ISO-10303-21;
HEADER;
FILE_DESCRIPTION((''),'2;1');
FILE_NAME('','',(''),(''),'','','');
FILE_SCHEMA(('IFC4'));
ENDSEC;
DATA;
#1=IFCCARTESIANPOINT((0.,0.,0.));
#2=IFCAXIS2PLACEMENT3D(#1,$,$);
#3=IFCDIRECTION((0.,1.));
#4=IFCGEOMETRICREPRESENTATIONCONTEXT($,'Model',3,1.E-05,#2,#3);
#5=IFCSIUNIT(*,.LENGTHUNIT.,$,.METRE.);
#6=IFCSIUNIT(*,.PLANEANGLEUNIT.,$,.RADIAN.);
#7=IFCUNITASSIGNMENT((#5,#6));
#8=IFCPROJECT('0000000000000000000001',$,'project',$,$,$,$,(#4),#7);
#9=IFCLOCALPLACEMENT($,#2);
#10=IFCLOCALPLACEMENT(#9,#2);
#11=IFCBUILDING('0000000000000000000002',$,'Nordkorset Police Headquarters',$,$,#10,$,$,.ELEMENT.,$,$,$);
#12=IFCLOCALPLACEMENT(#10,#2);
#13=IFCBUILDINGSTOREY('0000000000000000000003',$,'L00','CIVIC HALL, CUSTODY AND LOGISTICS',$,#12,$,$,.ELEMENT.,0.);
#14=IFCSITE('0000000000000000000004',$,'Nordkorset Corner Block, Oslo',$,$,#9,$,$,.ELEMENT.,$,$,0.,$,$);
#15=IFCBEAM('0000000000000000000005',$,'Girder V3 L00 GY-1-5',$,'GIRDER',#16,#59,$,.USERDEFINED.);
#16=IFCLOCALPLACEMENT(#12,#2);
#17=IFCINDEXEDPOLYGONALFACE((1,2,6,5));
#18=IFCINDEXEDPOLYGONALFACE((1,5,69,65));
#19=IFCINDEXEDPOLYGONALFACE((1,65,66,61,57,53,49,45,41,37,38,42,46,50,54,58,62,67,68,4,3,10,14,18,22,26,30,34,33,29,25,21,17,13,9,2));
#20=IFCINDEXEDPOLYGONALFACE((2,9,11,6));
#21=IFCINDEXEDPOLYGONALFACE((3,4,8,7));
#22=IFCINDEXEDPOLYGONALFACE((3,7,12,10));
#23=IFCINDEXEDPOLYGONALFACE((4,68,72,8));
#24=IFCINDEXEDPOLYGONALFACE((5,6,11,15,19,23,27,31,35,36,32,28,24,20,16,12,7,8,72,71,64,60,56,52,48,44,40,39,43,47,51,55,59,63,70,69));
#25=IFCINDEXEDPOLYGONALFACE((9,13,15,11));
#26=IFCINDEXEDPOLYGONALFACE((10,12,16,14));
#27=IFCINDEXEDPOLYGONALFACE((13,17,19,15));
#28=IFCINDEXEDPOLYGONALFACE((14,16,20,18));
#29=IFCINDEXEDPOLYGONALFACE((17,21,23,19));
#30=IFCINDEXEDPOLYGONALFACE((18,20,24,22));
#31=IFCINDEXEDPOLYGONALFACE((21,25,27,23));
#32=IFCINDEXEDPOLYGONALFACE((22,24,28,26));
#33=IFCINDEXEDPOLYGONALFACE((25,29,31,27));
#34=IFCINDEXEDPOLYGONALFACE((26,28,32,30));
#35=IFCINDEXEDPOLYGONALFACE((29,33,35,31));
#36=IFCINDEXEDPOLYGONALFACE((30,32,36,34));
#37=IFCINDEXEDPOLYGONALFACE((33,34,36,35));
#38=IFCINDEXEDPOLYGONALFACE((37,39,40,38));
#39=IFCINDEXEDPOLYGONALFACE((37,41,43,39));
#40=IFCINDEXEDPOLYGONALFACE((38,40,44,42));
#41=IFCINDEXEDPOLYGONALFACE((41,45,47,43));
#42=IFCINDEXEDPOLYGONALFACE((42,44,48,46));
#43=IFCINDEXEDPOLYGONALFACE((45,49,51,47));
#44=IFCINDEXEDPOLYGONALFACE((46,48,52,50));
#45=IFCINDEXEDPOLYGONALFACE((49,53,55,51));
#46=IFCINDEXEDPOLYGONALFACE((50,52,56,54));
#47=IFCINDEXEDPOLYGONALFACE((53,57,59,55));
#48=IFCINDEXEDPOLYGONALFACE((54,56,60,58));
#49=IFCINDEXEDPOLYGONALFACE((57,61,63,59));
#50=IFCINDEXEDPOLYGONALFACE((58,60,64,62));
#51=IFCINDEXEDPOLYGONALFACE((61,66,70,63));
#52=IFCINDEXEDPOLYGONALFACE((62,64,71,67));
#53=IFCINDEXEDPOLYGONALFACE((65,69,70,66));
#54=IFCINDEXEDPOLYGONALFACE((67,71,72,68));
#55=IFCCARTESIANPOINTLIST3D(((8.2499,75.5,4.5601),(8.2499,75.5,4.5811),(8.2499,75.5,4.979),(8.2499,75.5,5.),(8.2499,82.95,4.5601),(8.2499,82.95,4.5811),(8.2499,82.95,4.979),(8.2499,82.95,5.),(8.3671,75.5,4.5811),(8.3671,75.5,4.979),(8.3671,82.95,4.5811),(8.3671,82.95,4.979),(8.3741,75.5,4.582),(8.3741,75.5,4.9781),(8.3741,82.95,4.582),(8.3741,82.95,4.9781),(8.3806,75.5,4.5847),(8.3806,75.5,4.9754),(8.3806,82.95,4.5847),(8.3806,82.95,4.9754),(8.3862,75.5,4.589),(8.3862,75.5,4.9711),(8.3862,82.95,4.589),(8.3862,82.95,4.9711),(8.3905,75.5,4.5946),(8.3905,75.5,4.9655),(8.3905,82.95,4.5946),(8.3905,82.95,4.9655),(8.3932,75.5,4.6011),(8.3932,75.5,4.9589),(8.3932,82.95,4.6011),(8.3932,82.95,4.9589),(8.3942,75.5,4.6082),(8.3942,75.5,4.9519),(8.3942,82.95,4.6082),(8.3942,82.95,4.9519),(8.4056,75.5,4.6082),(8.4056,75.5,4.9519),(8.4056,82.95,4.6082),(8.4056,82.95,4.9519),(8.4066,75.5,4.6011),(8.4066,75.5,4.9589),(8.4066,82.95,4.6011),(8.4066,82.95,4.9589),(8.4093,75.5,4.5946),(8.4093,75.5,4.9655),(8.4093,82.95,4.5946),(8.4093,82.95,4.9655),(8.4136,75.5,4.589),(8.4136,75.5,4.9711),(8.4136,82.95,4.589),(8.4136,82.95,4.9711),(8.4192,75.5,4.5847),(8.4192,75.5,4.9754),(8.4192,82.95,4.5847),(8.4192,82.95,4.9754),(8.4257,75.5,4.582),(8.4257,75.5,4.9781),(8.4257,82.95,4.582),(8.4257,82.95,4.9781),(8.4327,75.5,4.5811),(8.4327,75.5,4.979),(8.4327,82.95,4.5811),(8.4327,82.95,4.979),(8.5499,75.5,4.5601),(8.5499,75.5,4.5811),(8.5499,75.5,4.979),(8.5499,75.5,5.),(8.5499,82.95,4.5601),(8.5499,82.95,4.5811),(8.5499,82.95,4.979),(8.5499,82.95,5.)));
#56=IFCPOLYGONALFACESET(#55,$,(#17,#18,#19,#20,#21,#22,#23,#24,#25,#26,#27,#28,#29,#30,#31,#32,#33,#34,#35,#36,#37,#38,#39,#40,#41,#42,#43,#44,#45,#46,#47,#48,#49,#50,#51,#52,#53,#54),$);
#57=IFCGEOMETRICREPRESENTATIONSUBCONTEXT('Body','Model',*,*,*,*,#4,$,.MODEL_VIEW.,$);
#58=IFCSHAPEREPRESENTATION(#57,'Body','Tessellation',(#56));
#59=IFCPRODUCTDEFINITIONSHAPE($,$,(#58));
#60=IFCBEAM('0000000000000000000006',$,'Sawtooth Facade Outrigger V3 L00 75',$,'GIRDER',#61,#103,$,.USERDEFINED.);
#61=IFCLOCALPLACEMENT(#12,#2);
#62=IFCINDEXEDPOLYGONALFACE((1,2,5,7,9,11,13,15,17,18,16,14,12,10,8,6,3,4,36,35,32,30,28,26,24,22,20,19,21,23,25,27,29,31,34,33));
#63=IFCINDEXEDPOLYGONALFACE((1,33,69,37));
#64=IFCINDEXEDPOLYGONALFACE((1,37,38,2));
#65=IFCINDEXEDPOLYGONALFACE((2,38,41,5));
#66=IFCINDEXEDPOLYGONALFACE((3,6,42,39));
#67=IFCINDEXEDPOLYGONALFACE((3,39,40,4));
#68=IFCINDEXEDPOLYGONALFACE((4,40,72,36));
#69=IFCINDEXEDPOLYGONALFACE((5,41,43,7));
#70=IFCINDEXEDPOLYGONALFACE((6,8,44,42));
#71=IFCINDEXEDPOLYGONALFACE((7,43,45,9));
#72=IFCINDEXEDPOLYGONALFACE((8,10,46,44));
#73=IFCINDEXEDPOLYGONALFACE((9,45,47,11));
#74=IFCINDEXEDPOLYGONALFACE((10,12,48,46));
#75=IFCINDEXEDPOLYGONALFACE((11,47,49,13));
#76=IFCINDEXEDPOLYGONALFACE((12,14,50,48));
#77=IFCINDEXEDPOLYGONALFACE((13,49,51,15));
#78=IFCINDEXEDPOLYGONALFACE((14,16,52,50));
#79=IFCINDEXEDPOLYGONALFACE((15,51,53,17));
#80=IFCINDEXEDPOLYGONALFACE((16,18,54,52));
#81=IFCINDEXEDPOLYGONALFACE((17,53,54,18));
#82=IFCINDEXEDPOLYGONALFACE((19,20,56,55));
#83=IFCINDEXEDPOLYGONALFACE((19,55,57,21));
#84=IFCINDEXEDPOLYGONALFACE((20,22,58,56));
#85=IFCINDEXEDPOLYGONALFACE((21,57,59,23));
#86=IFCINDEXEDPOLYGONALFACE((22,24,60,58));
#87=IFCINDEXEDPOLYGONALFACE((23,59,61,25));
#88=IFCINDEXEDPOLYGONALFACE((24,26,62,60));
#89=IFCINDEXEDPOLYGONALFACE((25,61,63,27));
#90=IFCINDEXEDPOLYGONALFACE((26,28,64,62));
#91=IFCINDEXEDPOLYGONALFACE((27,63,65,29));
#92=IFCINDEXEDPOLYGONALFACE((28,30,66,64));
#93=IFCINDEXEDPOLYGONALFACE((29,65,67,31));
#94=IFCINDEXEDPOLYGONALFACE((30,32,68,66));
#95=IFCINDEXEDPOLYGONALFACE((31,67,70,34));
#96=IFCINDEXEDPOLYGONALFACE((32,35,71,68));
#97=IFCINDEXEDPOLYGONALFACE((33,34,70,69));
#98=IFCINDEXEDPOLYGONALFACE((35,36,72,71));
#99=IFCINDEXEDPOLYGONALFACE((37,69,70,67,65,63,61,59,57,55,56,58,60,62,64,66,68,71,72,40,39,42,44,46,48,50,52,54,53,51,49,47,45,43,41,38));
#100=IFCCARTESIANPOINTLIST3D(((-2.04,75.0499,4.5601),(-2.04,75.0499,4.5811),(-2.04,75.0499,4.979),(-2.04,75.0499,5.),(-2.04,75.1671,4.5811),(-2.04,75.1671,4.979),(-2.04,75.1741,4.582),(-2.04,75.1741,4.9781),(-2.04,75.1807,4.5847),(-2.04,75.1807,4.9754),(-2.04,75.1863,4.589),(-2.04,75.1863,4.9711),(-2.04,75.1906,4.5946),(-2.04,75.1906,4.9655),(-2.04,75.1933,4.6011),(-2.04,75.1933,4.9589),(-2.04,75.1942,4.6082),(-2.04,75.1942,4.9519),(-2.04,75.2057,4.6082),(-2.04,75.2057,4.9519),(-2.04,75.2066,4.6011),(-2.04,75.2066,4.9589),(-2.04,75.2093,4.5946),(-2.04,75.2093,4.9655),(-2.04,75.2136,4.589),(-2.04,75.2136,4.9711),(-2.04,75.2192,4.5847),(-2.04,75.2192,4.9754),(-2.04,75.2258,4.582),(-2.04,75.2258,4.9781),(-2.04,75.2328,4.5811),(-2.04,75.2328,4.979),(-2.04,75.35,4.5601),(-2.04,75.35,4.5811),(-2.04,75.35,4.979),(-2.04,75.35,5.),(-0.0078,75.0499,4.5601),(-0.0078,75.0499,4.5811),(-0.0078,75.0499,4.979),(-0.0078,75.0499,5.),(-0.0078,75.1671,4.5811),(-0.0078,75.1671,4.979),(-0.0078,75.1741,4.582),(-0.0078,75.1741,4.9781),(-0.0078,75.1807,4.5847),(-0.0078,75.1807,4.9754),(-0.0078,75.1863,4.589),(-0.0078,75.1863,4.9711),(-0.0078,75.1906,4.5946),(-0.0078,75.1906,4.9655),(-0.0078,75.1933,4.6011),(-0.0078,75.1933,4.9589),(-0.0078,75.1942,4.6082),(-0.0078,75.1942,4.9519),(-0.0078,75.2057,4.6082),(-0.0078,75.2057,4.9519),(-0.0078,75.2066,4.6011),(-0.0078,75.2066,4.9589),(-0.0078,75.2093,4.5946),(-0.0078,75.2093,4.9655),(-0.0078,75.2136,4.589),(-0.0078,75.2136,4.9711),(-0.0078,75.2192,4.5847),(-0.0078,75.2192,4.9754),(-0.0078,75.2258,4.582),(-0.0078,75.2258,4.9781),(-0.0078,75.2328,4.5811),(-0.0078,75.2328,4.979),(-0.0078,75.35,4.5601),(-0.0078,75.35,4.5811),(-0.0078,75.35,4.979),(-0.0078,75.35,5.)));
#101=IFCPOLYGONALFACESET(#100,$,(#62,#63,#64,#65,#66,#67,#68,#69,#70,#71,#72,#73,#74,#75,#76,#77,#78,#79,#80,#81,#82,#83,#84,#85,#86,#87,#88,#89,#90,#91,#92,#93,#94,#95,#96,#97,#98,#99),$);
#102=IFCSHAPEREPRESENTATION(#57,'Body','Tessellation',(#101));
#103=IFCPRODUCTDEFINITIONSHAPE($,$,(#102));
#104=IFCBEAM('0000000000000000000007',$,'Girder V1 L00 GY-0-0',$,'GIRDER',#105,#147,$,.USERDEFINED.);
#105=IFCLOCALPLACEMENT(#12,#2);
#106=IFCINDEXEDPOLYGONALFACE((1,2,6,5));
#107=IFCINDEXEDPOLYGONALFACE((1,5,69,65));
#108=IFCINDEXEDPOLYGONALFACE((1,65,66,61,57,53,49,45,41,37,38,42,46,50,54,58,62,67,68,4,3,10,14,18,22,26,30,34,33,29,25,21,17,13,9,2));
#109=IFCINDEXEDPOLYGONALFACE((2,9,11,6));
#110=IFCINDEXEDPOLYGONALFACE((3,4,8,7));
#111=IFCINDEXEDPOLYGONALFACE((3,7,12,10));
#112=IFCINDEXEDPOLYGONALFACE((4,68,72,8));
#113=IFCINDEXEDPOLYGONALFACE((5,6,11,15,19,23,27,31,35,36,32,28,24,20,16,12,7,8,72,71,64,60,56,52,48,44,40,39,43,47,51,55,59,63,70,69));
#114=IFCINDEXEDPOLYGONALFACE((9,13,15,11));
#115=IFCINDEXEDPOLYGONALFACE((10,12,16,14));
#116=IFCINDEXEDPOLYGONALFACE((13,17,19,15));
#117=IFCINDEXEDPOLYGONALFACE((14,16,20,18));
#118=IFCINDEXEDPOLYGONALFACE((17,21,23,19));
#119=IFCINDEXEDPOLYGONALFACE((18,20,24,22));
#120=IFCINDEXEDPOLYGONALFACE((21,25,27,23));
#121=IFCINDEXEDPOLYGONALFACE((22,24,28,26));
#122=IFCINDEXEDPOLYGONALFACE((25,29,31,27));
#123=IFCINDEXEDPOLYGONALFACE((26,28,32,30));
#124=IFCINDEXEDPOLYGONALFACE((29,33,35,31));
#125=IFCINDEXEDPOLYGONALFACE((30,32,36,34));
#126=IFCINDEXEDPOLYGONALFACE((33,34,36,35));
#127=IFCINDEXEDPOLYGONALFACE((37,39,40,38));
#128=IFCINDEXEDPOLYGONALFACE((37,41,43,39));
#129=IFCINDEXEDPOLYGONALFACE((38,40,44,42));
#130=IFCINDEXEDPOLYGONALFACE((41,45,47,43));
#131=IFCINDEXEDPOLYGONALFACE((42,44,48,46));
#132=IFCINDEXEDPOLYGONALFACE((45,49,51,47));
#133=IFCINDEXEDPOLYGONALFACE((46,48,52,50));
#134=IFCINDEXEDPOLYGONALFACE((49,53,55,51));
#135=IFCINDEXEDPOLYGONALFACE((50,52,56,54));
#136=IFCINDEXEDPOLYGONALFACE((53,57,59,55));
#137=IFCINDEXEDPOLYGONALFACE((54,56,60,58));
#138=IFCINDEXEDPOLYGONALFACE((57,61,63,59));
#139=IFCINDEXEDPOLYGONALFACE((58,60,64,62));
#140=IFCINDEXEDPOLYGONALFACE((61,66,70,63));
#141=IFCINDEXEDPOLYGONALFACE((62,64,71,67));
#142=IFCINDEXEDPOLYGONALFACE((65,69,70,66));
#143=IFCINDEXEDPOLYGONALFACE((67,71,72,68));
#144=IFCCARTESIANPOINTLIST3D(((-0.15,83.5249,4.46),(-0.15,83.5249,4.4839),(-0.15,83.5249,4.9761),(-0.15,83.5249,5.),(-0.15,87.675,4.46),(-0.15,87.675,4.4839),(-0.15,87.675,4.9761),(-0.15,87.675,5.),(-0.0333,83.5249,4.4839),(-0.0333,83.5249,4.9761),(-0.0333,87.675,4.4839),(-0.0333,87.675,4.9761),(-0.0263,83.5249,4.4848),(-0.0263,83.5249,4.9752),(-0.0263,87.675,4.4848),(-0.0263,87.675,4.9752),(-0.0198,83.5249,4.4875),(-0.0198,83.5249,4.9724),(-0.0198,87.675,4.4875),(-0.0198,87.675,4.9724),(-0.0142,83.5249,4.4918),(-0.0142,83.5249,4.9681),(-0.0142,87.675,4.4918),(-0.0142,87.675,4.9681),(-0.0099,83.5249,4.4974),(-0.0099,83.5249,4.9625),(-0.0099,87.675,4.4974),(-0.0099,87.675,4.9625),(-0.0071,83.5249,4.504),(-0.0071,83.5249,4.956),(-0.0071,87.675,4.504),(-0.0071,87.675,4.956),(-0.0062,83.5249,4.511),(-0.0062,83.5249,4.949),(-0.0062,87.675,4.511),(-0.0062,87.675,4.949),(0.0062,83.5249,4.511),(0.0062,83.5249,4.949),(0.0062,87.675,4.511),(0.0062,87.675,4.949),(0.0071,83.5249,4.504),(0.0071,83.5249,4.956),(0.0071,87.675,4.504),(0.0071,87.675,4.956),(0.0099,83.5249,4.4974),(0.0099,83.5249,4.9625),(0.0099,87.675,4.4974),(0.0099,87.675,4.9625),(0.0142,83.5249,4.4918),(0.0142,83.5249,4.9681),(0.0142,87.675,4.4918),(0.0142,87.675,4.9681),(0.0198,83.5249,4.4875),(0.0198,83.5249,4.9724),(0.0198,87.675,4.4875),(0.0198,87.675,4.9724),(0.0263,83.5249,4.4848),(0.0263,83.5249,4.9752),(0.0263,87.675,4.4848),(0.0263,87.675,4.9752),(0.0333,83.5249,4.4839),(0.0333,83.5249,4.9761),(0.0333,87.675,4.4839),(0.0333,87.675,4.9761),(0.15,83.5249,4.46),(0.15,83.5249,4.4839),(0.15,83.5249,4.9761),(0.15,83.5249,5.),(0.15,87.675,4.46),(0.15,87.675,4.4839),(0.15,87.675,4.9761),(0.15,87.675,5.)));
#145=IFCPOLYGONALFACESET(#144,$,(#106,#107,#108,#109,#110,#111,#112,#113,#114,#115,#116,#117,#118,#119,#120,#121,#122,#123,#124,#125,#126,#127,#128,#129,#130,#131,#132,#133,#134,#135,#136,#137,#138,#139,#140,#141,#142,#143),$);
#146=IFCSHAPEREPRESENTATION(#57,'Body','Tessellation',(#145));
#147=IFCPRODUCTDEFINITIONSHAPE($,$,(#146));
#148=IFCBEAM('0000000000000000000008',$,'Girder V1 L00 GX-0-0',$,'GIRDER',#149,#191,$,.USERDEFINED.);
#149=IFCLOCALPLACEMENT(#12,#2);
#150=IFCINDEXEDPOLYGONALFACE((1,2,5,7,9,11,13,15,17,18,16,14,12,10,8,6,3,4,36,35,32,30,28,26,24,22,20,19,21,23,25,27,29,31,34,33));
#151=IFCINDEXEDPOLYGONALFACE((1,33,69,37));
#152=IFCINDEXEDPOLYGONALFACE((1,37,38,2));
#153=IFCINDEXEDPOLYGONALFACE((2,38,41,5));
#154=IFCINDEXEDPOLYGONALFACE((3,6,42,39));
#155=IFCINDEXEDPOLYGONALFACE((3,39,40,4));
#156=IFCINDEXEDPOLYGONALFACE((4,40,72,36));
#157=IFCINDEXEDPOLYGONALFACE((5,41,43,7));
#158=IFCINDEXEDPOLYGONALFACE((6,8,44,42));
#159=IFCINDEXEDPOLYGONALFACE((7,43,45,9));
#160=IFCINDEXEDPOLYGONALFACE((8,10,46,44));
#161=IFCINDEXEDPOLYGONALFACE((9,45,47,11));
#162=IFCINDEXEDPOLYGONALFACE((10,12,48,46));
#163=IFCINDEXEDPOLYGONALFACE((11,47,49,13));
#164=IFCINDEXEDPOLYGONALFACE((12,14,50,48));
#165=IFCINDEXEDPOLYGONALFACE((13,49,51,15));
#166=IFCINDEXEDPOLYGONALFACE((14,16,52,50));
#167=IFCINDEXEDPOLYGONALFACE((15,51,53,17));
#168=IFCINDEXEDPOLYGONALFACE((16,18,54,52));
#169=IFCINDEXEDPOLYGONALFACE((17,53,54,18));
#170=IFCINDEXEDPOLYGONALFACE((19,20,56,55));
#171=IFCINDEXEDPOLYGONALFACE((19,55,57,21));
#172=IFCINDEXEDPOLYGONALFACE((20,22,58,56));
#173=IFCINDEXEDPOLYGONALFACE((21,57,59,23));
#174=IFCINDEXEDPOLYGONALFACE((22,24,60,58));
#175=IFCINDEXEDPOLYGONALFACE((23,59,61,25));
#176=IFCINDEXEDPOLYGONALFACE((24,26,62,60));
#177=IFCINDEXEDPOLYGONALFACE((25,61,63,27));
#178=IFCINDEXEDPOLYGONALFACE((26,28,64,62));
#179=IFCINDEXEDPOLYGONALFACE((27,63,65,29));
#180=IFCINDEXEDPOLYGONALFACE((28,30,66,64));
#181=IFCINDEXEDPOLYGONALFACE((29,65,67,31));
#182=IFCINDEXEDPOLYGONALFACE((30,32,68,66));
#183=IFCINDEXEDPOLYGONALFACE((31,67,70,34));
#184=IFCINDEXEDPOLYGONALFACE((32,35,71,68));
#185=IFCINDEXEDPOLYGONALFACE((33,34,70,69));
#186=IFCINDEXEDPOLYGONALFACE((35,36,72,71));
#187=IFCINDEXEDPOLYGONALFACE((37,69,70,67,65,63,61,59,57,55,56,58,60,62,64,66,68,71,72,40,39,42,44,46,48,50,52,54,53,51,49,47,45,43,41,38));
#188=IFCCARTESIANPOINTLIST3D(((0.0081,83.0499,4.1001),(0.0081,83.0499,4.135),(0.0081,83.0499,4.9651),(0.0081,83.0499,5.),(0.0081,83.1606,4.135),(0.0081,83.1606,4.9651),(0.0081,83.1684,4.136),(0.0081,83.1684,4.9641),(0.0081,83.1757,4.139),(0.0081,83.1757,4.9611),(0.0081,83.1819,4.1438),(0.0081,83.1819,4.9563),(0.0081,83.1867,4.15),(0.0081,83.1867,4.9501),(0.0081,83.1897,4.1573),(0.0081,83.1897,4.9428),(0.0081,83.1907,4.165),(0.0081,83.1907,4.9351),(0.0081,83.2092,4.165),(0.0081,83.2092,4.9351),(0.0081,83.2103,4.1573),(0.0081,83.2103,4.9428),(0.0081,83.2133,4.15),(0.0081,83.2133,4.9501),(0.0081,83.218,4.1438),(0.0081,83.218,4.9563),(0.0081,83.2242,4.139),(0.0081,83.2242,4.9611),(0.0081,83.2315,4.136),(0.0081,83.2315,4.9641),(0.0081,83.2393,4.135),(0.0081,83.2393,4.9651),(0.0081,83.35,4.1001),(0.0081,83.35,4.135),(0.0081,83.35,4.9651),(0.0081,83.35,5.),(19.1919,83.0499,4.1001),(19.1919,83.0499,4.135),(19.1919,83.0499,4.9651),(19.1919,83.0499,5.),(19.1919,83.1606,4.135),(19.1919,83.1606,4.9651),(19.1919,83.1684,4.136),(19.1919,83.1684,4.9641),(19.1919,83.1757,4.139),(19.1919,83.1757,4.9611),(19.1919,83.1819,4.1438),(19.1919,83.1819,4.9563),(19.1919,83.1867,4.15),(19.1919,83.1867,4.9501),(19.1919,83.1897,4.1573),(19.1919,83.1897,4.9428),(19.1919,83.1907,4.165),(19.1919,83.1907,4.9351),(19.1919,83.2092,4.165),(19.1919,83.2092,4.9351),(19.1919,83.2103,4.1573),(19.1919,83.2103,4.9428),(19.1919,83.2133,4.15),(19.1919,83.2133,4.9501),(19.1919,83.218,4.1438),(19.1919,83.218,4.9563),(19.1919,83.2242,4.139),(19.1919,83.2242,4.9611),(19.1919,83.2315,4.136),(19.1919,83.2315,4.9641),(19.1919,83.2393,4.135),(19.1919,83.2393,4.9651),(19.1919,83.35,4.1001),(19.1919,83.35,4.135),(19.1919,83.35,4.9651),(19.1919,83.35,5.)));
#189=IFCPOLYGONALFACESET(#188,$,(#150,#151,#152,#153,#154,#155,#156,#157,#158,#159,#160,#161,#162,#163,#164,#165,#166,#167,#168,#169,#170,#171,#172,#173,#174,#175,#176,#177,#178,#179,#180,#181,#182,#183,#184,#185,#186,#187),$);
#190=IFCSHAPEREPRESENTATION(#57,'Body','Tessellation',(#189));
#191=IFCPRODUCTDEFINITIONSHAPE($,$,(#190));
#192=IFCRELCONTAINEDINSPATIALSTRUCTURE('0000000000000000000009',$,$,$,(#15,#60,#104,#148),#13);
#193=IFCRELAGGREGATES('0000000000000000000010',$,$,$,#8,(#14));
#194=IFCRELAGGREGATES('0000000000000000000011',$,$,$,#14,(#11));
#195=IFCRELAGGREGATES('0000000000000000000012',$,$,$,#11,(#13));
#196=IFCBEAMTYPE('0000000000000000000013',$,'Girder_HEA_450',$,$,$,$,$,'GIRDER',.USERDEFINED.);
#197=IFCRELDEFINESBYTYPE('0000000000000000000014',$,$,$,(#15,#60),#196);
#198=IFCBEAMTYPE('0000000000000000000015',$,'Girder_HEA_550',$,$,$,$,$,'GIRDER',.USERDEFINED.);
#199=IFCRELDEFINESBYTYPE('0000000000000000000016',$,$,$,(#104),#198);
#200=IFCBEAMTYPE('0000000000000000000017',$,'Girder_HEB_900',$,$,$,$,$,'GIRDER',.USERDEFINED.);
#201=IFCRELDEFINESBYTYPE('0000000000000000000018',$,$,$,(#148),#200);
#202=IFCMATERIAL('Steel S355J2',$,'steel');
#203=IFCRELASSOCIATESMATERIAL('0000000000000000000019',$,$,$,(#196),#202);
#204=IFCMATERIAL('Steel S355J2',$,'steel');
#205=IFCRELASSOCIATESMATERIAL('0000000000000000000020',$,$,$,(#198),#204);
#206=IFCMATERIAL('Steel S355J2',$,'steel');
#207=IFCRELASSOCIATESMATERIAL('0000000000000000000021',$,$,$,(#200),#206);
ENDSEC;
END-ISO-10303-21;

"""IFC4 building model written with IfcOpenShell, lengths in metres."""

from ifc_helpers import new_model, si_unit, direction, frame, origin, origin_2d, place, context, subcontext, project, spatial, i_section, extrude, material, material_profile, profile_set, type_object, element, save


model = new_model("IFC4")

# Units and contexts
model_context = context("Model", 3, precision=1e-05, world=origin(), true_north=direction((0.0, 1.0)))
body_context = subcontext(model_context, "Body", "Model", "MODEL_VIEW")
ifc_project = project(units=[si_unit("LENGTHUNIT", "METRE"), si_unit("PLANEANGLEUNIT", "RADIAN")], contexts=[model_context])

# Site, building, storey
site_placement = place(None, origin())
site = spatial("IfcSite", under=ifc_project, at=site_placement, Name="Nordkorset Corner Block, Oslo", CompositionType="ELEMENT", RefElevation=0.0)
building_placement = place(site_placement, origin())
building = spatial("IfcBuilding", under=site, at=building_placement, Name="Nordkorset Police Headquarters", CompositionType="ELEMENT")
storey_placement = place(building_placement, origin())
storey = spatial("IfcBuildingStorey", under=building, at=storey_placement, Name="L00", Description="CIVIC HALL, CUSTODY AND LOGISTICS", CompositionType="ELEMENT", Elevation=0.0)

# Beams
ifc_material_1 = material(Name="Steel S355J2", Category="steel")
ifc_material_profile_1 = material_profile(ifc_material_1, i_section(OverallWidth=0.3, OverallDepth=0.4399, WebThickness=0.0115, FlangeThickness=0.021, FilletRadius=0.0271, at=origin_2d()), Name="HEA 450")
ifc_profile_set_1 = profile_set([ifc_material_profile_1], Name="Steel S355J2")
beam_type_1 = type_object("IfcBeamType", Name="Girder_HEA_450", ElementType="GIRDER", PredefinedType="USERDEFINED", material=ifc_profile_set_1)
beam_1_placement = place(storey_placement, frame((8.3999, 75.5, 4.78), z_axis=(0.0, 1.0, 0.0), x_axis=(-1.0, 0.0, 0.0)))
element("IfcBeam", 1, at=beam_1_placement, inside=storey, type_object=beam_type_1, Name="Girder V3 L00 GY-1-5", ObjectType="GIRDER", PredefinedType="USERDEFINED", context=body_context, shape_type="SweptSolid", body=[
    extrude(i_section(OverallWidth=0.3, OverallDepth=0.4399, WebThickness=0.0115, FlangeThickness=0.021, FilletRadius=0.0271, at=origin_2d()), origin(), (0.0, 0.0, 1.0), 7.45),
])
beam_2_placement = place(storey_placement, frame((-0.0078, 75.2, 4.78), z_axis=(-1.0, 0.0, 0.0), x_axis=(0.0, -1.0, 0.0)))
element("IfcBeam", 2, at=beam_2_placement, inside=storey, type_object=beam_type_1, Name="Sawtooth Facade Outrigger V3 L00 75", ObjectType="GIRDER", PredefinedType="USERDEFINED", context=body_context, shape_type="SweptSolid", body=[
    extrude(i_section(OverallWidth=0.3, OverallDepth=0.4399, WebThickness=0.0115, FlangeThickness=0.021, FilletRadius=0.0271, at=origin_2d()), origin(), (0.0, 0.0, 1.0), 2.0322),
])
ifc_material_2 = material(Name="Steel S355J2", Category="steel")
ifc_material_profile_2 = material_profile(ifc_material_2, i_section(OverallWidth=0.3, OverallDepth=0.54, WebThickness=0.0125, FlangeThickness=0.0239, FilletRadius=0.0271, at=origin_2d()), Name="HEA 550")
ifc_profile_set_2 = profile_set([ifc_material_profile_2], Name="Steel S355J2")
beam_type_2 = type_object("IfcBeamType", Name="Girder_HEA_550", ElementType="GIRDER", PredefinedType="USERDEFINED", material=ifc_profile_set_2)
beam_3_placement = place(storey_placement, frame((0.0, 83.5249, 4.73), z_axis=(0.0, 1.0, 0.0), x_axis=(-1.0, 0.0, 0.0)))
element("IfcBeam", 3, at=beam_3_placement, inside=storey, type_object=beam_type_2, Name="Girder V1 L00 GY-0-0", ObjectType="GIRDER", PredefinedType="USERDEFINED", context=body_context, shape_type="SweptSolid", body=[
    extrude(i_section(OverallWidth=0.3, OverallDepth=0.54, WebThickness=0.0125, FlangeThickness=0.0239, FilletRadius=0.0271, at=origin_2d()), origin(), (0.0, 0.0, 1.0), 4.1501),
])
ifc_material_3 = material(Name="Steel S355J2", Category="steel")
ifc_material_profile_3 = material_profile(ifc_material_3, i_section(OverallWidth=0.3, OverallDepth=0.8999, WebThickness=0.0186, FlangeThickness=0.0349, FilletRadius=0.03, at=origin_2d()), Name="HEB 900")
ifc_profile_set_3 = profile_set([ifc_material_profile_3], Name="Steel S355J2")
beam_type_3 = type_object("IfcBeamType", Name="Girder_HEB_900", ElementType="GIRDER", PredefinedType="USERDEFINED", material=ifc_profile_set_3)
beam_4_placement = place(storey_placement, frame((0.0081, 83.2, 4.55), z_axis=(1.0, 0.0, 0.0), x_axis=(0.0, 1.0, 0.0)))
element("IfcBeam", 4, at=beam_4_placement, inside=storey, type_object=beam_type_3, Name="Girder V1 L00 GX-0-0", ObjectType="GIRDER", PredefinedType="USERDEFINED", context=body_context, shape_type="SweptSolid", body=[
    extrude(i_section(OverallWidth=0.3, OverallDepth=0.8999, WebThickness=0.0186, FlangeThickness=0.0349, FilletRadius=0.03, at=origin_2d()), origin(), (0.0, 0.0, 1.0), 19.1838),
])

save(model, "model.ifc")
